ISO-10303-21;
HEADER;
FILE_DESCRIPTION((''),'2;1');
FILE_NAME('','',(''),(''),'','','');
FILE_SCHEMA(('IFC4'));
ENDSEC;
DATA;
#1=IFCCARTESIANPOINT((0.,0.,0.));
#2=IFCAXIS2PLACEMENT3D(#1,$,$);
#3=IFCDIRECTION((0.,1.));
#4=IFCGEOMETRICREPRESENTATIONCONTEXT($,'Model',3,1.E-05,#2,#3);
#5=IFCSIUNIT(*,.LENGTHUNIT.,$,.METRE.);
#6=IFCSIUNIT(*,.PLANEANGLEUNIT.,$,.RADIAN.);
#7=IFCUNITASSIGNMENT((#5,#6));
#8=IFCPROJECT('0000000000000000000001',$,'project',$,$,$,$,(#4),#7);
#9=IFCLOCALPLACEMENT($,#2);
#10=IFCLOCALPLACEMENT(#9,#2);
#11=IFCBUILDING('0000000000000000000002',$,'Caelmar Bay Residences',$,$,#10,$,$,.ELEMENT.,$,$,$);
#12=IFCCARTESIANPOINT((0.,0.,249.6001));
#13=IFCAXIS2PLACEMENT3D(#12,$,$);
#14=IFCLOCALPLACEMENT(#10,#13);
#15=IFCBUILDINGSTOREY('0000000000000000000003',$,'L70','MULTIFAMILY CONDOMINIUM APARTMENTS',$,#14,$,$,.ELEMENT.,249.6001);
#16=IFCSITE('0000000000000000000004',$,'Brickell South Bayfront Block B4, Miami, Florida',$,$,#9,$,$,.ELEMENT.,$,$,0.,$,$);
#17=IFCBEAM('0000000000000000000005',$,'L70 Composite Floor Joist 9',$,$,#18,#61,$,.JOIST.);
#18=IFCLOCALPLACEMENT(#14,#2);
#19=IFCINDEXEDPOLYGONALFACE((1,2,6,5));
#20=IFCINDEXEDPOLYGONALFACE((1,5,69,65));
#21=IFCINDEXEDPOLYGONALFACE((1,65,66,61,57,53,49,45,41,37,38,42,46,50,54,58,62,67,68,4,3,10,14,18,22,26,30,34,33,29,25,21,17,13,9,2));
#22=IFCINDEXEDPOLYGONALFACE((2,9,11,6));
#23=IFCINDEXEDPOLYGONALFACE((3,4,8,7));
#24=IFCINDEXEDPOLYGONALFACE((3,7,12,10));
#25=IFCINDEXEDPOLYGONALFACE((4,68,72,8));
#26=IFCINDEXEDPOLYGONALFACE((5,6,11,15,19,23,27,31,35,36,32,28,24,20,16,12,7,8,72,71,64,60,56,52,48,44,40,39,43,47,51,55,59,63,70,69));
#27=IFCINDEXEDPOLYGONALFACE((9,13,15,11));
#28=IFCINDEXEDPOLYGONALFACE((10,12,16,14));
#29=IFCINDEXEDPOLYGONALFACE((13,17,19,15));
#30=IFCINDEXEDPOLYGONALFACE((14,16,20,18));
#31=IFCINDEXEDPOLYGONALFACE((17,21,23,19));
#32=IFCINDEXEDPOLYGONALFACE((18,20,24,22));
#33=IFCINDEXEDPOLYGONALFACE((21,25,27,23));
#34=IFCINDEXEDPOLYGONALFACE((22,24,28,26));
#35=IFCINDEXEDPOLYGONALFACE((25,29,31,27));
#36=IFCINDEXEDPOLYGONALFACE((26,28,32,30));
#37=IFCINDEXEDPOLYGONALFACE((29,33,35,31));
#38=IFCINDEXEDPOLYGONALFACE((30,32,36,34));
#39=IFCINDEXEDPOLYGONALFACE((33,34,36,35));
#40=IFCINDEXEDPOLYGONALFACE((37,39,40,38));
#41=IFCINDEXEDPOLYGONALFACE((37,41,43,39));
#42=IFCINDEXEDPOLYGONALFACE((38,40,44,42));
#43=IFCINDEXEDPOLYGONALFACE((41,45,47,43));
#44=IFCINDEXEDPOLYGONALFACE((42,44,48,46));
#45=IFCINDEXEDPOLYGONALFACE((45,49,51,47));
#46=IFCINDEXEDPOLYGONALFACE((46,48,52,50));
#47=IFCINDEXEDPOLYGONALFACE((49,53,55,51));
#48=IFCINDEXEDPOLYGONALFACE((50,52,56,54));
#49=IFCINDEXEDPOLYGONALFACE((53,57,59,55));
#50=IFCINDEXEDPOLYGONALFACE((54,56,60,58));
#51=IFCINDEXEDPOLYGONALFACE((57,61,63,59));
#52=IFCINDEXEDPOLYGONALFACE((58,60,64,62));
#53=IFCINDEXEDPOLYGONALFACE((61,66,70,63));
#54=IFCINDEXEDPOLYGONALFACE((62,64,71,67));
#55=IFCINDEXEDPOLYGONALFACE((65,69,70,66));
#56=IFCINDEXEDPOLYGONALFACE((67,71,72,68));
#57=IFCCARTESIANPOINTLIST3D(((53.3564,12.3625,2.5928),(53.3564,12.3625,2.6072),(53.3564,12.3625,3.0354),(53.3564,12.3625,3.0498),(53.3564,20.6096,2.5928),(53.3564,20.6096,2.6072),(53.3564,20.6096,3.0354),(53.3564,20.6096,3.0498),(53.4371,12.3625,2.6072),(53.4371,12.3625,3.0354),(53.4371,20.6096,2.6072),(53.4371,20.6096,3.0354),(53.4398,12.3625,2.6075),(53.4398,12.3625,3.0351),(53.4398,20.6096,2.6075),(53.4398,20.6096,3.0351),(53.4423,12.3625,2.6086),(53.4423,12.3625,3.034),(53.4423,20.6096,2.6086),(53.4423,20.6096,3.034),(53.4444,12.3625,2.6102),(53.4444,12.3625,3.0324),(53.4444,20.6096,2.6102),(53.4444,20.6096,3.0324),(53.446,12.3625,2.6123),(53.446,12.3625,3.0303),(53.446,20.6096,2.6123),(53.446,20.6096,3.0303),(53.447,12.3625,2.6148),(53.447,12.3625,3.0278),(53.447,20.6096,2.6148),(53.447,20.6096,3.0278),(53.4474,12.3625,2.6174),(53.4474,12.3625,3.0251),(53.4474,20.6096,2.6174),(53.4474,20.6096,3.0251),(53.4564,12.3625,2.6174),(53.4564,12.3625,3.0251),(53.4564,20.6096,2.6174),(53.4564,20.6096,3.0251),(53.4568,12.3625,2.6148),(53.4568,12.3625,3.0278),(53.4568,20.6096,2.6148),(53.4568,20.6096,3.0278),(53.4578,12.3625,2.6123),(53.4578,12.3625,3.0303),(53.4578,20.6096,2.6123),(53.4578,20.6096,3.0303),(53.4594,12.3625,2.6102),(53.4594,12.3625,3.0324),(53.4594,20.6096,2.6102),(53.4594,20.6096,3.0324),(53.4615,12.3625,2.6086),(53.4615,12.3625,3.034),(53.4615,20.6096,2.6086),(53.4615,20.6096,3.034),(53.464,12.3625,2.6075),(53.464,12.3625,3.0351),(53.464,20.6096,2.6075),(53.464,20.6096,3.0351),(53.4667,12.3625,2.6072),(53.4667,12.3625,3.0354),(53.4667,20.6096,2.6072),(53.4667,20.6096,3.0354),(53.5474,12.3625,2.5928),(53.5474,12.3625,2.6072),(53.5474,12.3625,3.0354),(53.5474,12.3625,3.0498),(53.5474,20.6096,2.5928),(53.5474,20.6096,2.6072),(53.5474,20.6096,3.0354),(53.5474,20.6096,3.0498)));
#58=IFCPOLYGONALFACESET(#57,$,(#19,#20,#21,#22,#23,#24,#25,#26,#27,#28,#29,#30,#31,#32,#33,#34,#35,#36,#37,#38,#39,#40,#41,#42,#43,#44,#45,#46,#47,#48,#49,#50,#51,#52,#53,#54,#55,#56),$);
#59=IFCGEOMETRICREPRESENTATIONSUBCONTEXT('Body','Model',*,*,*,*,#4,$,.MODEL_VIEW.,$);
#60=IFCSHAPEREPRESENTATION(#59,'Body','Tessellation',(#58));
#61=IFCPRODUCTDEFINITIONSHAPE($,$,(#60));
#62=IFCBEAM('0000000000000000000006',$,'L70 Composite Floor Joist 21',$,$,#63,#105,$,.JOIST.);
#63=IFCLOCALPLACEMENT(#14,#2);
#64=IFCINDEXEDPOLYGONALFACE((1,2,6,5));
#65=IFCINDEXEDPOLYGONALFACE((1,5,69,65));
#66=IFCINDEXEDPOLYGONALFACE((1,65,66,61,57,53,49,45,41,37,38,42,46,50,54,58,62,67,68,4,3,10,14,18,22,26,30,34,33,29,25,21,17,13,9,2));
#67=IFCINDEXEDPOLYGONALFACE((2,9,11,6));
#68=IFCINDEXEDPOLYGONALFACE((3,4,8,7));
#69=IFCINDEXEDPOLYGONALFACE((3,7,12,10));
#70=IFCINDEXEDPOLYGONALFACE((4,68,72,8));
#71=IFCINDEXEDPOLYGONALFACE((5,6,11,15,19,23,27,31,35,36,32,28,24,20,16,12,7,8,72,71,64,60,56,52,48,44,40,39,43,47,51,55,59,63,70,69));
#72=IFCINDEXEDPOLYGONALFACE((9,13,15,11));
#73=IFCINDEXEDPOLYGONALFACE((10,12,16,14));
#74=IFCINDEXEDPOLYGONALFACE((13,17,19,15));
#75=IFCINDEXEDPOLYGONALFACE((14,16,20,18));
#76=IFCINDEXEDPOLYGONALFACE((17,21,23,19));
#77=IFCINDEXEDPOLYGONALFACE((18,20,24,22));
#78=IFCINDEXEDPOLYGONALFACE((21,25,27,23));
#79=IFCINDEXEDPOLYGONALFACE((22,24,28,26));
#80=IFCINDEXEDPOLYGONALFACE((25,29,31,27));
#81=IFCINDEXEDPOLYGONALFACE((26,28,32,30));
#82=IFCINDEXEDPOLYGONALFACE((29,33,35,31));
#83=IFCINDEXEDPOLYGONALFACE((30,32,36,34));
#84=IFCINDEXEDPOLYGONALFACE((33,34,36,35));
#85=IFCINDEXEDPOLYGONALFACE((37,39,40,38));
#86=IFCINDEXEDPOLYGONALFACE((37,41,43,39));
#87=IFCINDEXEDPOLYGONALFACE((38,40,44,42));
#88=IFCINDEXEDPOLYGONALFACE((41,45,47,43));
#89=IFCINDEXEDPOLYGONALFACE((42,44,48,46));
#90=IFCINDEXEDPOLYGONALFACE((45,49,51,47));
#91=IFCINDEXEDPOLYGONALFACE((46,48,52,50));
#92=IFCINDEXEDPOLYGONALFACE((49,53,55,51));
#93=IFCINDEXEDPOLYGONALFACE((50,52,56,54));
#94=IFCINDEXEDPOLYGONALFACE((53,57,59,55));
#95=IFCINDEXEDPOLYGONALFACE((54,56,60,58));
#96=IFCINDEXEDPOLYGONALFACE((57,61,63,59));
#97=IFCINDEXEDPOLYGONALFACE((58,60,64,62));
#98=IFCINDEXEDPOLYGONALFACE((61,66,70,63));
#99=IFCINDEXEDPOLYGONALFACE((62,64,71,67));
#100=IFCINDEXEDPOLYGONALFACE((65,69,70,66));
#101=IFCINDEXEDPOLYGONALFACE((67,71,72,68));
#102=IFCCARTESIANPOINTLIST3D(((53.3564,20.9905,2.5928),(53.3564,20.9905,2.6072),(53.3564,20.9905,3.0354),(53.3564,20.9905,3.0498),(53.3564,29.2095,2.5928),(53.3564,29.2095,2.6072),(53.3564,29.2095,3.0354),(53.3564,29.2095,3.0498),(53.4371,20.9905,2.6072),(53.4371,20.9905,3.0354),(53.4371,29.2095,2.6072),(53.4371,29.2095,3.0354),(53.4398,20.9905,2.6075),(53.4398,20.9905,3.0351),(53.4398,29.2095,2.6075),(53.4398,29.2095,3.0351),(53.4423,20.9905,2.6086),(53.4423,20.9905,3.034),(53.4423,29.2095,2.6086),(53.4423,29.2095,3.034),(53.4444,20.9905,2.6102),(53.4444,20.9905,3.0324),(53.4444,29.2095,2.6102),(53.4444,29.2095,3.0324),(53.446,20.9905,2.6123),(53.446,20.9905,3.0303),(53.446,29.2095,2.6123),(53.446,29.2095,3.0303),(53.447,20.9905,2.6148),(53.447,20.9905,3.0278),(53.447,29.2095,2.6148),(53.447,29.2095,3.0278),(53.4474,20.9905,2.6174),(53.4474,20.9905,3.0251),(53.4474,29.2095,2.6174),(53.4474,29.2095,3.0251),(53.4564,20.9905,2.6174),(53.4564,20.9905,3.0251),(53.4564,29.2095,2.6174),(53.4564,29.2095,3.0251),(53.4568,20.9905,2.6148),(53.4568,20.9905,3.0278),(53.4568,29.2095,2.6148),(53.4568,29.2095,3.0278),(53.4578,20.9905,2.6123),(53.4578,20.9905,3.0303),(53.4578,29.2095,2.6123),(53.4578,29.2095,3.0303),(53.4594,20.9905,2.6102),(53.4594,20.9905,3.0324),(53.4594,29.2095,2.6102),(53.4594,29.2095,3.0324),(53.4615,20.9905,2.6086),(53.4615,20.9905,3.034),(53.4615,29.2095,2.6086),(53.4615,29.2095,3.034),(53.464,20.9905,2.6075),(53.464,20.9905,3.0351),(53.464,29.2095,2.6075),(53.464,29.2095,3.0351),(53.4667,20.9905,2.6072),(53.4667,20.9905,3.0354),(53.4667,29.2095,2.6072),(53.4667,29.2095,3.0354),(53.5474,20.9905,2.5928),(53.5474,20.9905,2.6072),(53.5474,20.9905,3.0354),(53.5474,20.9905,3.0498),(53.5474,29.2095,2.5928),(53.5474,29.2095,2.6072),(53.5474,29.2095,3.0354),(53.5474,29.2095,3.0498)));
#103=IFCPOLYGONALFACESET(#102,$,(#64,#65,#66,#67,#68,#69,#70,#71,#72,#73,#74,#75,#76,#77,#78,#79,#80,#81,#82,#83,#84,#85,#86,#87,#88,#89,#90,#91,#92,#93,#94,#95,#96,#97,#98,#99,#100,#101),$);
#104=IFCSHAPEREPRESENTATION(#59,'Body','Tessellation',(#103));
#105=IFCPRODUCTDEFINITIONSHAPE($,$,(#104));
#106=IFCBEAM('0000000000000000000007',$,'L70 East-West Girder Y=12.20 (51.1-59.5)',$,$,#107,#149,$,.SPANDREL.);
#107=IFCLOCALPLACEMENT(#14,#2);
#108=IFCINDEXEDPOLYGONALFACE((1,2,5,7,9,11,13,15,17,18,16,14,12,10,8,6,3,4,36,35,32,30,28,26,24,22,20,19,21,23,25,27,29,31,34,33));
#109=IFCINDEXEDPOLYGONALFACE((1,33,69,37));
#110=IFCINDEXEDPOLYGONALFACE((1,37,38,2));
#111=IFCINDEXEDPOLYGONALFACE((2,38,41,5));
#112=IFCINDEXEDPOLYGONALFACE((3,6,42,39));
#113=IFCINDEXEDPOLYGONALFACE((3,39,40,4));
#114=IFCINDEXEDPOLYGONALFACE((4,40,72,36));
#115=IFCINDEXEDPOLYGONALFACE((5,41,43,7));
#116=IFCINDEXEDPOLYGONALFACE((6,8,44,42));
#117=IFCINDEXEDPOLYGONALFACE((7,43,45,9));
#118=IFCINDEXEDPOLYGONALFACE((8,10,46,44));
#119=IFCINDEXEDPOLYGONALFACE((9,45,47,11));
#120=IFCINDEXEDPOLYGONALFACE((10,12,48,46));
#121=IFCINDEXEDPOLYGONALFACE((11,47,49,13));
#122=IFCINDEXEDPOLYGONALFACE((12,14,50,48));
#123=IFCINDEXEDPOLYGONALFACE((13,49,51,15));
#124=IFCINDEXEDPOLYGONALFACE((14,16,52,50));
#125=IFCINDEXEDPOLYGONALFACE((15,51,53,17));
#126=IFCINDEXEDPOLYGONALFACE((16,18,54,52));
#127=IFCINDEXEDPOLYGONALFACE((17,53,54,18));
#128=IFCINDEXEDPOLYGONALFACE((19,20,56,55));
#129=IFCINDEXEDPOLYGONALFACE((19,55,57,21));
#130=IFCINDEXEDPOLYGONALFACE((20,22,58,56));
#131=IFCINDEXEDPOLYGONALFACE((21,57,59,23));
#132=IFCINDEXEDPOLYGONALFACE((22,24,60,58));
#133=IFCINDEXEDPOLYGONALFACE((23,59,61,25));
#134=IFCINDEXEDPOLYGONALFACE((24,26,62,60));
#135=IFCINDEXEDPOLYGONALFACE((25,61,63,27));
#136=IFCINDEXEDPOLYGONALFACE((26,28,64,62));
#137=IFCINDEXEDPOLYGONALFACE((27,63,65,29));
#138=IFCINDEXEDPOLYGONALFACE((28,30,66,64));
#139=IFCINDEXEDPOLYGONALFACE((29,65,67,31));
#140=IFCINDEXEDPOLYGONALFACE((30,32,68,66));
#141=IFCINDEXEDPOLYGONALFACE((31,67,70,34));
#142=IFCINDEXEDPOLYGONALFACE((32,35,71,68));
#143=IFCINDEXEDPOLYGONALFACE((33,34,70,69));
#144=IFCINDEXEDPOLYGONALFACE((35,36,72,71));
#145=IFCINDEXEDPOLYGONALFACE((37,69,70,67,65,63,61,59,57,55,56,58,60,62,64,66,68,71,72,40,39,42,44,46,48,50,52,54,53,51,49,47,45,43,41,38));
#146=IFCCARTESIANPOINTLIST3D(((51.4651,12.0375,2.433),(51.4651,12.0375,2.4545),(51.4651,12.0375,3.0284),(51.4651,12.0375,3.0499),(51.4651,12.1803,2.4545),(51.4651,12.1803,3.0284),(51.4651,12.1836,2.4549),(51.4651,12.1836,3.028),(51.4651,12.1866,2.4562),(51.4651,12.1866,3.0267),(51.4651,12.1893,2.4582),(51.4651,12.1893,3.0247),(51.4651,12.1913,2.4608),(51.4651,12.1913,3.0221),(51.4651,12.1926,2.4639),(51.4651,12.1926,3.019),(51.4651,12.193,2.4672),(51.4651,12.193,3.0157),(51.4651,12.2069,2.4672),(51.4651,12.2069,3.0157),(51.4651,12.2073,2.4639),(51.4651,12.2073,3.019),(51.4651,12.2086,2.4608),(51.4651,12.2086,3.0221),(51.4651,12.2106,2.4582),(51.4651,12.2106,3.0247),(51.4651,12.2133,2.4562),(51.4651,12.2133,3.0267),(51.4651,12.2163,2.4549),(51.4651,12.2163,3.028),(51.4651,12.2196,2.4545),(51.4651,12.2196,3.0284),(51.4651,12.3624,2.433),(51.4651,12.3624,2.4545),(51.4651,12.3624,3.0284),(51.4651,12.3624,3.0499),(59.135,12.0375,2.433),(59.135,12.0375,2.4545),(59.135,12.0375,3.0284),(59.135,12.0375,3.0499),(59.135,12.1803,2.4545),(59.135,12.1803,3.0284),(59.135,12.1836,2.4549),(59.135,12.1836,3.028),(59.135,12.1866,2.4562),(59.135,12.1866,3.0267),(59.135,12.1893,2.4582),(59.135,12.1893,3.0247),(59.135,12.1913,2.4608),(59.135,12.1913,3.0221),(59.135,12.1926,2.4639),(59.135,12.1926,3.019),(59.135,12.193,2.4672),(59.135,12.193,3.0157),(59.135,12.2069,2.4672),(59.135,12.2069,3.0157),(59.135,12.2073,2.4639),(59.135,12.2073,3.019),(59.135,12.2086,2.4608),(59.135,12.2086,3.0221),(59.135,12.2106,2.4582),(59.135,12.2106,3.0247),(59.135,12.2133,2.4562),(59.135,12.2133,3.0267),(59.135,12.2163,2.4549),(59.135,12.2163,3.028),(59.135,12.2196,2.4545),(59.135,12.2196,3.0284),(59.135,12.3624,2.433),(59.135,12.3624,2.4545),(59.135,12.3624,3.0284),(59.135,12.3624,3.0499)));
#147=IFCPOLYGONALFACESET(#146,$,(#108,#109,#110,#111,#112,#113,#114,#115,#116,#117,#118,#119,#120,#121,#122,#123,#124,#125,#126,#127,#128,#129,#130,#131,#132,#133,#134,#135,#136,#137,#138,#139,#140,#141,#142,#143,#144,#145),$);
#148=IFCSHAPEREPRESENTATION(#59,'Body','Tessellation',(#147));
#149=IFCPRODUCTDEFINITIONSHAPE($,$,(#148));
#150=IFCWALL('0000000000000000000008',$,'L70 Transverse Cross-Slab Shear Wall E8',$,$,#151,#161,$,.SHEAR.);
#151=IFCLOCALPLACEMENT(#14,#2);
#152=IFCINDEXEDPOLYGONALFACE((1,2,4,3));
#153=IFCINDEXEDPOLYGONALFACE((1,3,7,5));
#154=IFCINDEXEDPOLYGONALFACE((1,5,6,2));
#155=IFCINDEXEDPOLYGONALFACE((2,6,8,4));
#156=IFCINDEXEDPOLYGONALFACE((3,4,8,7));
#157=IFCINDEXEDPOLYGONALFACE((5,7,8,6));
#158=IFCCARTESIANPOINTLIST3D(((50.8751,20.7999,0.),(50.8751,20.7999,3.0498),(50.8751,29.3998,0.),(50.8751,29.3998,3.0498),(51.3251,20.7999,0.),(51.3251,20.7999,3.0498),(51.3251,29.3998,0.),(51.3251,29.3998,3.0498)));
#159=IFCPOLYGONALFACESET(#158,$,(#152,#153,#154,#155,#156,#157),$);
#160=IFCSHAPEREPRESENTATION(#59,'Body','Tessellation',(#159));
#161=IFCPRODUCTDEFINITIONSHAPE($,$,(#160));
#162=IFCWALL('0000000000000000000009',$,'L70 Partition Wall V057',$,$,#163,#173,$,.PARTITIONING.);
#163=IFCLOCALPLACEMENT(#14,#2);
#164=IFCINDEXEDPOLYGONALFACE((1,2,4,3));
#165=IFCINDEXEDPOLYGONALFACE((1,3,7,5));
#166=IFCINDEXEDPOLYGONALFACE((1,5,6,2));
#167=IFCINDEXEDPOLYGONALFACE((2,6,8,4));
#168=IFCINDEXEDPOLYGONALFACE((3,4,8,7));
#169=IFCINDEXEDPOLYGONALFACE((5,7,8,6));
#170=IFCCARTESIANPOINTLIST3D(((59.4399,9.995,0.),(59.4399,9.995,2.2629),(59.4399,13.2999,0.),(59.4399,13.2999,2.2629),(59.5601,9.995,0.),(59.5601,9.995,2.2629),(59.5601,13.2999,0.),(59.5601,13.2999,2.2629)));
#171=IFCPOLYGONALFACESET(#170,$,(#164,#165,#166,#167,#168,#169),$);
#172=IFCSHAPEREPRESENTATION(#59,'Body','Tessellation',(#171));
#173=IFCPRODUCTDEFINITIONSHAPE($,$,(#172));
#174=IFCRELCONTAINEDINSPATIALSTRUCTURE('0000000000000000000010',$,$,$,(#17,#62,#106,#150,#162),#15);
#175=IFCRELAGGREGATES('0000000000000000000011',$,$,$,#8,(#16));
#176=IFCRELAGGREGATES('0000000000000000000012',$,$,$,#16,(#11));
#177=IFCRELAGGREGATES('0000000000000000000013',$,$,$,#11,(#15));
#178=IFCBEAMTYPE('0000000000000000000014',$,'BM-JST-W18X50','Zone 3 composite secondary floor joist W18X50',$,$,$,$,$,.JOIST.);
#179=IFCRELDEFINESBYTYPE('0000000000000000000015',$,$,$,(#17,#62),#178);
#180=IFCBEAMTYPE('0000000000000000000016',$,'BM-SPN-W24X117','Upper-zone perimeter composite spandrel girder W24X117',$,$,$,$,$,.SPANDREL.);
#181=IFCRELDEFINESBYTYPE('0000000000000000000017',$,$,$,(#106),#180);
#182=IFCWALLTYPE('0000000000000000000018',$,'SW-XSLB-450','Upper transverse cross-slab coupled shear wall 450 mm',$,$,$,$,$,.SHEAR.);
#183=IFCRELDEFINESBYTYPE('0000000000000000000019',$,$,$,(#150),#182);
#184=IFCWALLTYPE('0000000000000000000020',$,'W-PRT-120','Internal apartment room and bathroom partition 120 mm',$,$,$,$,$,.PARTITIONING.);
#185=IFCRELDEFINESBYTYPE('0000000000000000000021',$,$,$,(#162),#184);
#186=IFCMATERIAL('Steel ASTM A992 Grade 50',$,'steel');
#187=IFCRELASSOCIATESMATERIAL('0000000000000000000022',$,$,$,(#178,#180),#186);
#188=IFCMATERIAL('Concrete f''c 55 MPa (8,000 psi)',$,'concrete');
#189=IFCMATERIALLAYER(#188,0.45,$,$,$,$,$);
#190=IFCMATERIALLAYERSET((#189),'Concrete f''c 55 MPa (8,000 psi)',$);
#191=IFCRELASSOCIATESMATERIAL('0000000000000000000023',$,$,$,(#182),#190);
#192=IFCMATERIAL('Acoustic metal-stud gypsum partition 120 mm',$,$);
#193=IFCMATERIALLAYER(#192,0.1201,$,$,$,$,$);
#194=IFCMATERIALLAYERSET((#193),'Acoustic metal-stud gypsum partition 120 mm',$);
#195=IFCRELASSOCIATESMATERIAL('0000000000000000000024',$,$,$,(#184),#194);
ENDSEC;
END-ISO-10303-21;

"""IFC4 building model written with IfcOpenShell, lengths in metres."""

from ifc_helpers import new_model, si_unit, direction, frame, frame_2d, origin, origin_2d, place, context, subcontext, project, spatial, rectangle, i_section, extrude, material, layer, layer_set, material_profile, profile_set, type_object, element, save


model = new_model("IFC4")

# Units and contexts
model_context = context("Model", 3, precision=1e-05, world=origin(), true_north=direction((0.0, 1.0)))
body_context = subcontext(model_context, "Body", "Model", "MODEL_VIEW")
ifc_project = project(units=[si_unit("LENGTHUNIT", "METRE"), si_unit("PLANEANGLEUNIT", "RADIAN")], contexts=[model_context])

# Site, building, storey
site_placement = place(None, origin())
site = spatial("IfcSite", under=ifc_project, at=site_placement, Name="Brickell South Bayfront Block B4, Miami, Florida", CompositionType="ELEMENT", RefElevation=0.0)
building_placement = place(site_placement, origin())
building = spatial("IfcBuilding", under=site, at=building_placement, Name="Caelmar Bay Residences", CompositionType="ELEMENT")
storey_placement = place(building_placement, frame((0.0, 0.0, 249.6001)))
storey = spatial("IfcBuildingStorey", under=building, at=storey_placement, Name="L70", Description="MULTIFAMILY CONDOMINIUM APARTMENTS", CompositionType="ELEMENT", Elevation=249.6001)

# Shared definitions
ifc_material_1 = material(Name="Concrete f'c 55 MPa (8,000 psi)", Category="concrete")

# Beams
ifc_material_2 = material(Name="Steel ASTM A992 Grade 50", Category="steel")
ifc_material_profile_1 = material_profile(ifc_material_2, i_section(OverallWidth=0.1909, OverallDepth=0.457, WebThickness=0.009, FlangeThickness=0.0144, FilletRadius=0.0103, at=origin_2d()), Name="W18X50")
ifc_profile_set_1 = profile_set([ifc_material_profile_1], Name="Steel ASTM A992 Grade 50")
beam_type_1 = type_object("IfcBeamType", Name="BM-JST-W18X50", Description="Zone 3 composite secondary floor joist W18X50", PredefinedType="JOIST", material=ifc_profile_set_1)
beam_1_placement = place(storey_placement, frame((53.4519, 12.3625, 2.8213), z_axis=(0.0, 1.0, 0.0), x_axis=(-1.0, 0.0, 0.0)))
element("IfcBeam", 1, at=beam_1_placement, inside=storey, type_object=beam_type_1, Name="L70 Composite Floor Joist 9", PredefinedType="JOIST", context=body_context, shape_type="SweptSolid", body=[
    extrude(i_section(OverallWidth=0.1909, OverallDepth=0.457, WebThickness=0.009, FlangeThickness=0.0144, FilletRadius=0.0103, at=origin_2d()), origin(), (0.0, 0.0, 1.0), 8.2471),
])
beam_2_placement = place(storey_placement, frame((53.4519, 20.9905, 2.8213), z_axis=(0.0, 1.0, 0.0), x_axis=(-1.0, 0.0, 0.0)))
element("IfcBeam", 2, at=beam_2_placement, inside=storey, type_object=beam_type_1, Name="L70 Composite Floor Joist 21", PredefinedType="JOIST", context=body_context, shape_type="SweptSolid", body=[
    extrude(i_section(OverallWidth=0.1909, OverallDepth=0.457, WebThickness=0.009, FlangeThickness=0.0144, FilletRadius=0.0103, at=origin_2d()), origin(), (0.0, 0.0, 1.0), 8.219),
])
ifc_material_profile_2 = material_profile(ifc_material_2, i_section(OverallWidth=0.325, OverallDepth=0.6169, WebThickness=0.0139, FlangeThickness=0.0215, FilletRadius=0.0127, at=origin_2d()), Name="W24X117")
ifc_profile_set_2 = profile_set([ifc_material_profile_2], Name="Steel ASTM A992 Grade 50")
beam_type_2 = type_object("IfcBeamType", Name="BM-SPN-W24X117", Description="Upper-zone perimeter composite spandrel girder W24X117", PredefinedType="SPANDREL", material=ifc_profile_set_2)
beam_3_placement = place(storey_placement, frame((51.4651, 12.2, 2.7415), z_axis=(1.0, 0.0, 0.0), x_axis=(0.0, 1.0, 0.0)))
element("IfcBeam", 3, at=beam_3_placement, inside=storey, type_object=beam_type_2, Name="L70 East-West Girder Y=12.20 (51.1-59.5)", PredefinedType="SPANDREL", context=body_context, shape_type="SweptSolid", body=[
    extrude(i_section(OverallWidth=0.325, OverallDepth=0.6169, WebThickness=0.0139, FlangeThickness=0.0215, FilletRadius=0.0127, at=origin_2d()), origin(), (0.0, 0.0, 1.0), 7.6699),
])

# Walls
ifc_layer_1 = layer(ifc_material_1, 0.45)
ifc_layer_set_1 = layer_set([ifc_layer_1], Name="Concrete f'c 55 MPa (8,000 psi)")
wall_type_1 = type_object("IfcWallType", Name="SW-XSLB-450", Description="Upper transverse cross-slab coupled shear wall 450 mm", PredefinedType="SHEAR", material=ifc_layer_set_1)
wall_1_placement = place(storey_placement, frame((51.1001, 20.8, 0.0), z_axis=(0.0, 0.0, 1.0), x_axis=(0.0, 1.0, 0.0)))
element("IfcWall", 4, at=wall_1_placement, inside=storey, type_object=wall_type_1, Name="L70 Transverse Cross-Slab Shear Wall E8", PredefinedType="SHEAR", context=body_context, shape_type="SweptSolid", body=[
    extrude(rectangle(XDim=8.5999, YDim=0.45, at=frame_2d((4.2998, 0.0))), origin(), (0.0, 0.0, 1.0), 3.0498),
])
ifc_material_3 = material(Name="Acoustic metal-stud gypsum partition 120 mm")
ifc_layer_2 = layer(ifc_material_3, 0.1201)
ifc_layer_set_2 = layer_set([ifc_layer_2], Name="Acoustic metal-stud gypsum partition 120 mm")
wall_type_2 = type_object("IfcWallType", Name="W-PRT-120", Description="Internal apartment room and bathroom partition 120 mm", PredefinedType="PARTITIONING", material=ifc_layer_set_2)
wall_2_placement = place(storey_placement, frame((59.5, 9.9951, 0.0), z_axis=(0.0, 0.0, 1.0), x_axis=(0.0, 1.0, 0.0)))
element("IfcWall", 5, at=wall_2_placement, inside=storey, type_object=wall_type_2, Name="L70 Partition Wall V057", PredefinedType="PARTITIONING", context=body_context, shape_type="SweptSolid", body=[
    extrude(rectangle(XDim=3.3049, YDim=0.1201, at=frame_2d((1.6523, 0.0))), origin(), (0.0, 0.0, 1.0), 2.2629),
])

save(model, "model.ifc")
